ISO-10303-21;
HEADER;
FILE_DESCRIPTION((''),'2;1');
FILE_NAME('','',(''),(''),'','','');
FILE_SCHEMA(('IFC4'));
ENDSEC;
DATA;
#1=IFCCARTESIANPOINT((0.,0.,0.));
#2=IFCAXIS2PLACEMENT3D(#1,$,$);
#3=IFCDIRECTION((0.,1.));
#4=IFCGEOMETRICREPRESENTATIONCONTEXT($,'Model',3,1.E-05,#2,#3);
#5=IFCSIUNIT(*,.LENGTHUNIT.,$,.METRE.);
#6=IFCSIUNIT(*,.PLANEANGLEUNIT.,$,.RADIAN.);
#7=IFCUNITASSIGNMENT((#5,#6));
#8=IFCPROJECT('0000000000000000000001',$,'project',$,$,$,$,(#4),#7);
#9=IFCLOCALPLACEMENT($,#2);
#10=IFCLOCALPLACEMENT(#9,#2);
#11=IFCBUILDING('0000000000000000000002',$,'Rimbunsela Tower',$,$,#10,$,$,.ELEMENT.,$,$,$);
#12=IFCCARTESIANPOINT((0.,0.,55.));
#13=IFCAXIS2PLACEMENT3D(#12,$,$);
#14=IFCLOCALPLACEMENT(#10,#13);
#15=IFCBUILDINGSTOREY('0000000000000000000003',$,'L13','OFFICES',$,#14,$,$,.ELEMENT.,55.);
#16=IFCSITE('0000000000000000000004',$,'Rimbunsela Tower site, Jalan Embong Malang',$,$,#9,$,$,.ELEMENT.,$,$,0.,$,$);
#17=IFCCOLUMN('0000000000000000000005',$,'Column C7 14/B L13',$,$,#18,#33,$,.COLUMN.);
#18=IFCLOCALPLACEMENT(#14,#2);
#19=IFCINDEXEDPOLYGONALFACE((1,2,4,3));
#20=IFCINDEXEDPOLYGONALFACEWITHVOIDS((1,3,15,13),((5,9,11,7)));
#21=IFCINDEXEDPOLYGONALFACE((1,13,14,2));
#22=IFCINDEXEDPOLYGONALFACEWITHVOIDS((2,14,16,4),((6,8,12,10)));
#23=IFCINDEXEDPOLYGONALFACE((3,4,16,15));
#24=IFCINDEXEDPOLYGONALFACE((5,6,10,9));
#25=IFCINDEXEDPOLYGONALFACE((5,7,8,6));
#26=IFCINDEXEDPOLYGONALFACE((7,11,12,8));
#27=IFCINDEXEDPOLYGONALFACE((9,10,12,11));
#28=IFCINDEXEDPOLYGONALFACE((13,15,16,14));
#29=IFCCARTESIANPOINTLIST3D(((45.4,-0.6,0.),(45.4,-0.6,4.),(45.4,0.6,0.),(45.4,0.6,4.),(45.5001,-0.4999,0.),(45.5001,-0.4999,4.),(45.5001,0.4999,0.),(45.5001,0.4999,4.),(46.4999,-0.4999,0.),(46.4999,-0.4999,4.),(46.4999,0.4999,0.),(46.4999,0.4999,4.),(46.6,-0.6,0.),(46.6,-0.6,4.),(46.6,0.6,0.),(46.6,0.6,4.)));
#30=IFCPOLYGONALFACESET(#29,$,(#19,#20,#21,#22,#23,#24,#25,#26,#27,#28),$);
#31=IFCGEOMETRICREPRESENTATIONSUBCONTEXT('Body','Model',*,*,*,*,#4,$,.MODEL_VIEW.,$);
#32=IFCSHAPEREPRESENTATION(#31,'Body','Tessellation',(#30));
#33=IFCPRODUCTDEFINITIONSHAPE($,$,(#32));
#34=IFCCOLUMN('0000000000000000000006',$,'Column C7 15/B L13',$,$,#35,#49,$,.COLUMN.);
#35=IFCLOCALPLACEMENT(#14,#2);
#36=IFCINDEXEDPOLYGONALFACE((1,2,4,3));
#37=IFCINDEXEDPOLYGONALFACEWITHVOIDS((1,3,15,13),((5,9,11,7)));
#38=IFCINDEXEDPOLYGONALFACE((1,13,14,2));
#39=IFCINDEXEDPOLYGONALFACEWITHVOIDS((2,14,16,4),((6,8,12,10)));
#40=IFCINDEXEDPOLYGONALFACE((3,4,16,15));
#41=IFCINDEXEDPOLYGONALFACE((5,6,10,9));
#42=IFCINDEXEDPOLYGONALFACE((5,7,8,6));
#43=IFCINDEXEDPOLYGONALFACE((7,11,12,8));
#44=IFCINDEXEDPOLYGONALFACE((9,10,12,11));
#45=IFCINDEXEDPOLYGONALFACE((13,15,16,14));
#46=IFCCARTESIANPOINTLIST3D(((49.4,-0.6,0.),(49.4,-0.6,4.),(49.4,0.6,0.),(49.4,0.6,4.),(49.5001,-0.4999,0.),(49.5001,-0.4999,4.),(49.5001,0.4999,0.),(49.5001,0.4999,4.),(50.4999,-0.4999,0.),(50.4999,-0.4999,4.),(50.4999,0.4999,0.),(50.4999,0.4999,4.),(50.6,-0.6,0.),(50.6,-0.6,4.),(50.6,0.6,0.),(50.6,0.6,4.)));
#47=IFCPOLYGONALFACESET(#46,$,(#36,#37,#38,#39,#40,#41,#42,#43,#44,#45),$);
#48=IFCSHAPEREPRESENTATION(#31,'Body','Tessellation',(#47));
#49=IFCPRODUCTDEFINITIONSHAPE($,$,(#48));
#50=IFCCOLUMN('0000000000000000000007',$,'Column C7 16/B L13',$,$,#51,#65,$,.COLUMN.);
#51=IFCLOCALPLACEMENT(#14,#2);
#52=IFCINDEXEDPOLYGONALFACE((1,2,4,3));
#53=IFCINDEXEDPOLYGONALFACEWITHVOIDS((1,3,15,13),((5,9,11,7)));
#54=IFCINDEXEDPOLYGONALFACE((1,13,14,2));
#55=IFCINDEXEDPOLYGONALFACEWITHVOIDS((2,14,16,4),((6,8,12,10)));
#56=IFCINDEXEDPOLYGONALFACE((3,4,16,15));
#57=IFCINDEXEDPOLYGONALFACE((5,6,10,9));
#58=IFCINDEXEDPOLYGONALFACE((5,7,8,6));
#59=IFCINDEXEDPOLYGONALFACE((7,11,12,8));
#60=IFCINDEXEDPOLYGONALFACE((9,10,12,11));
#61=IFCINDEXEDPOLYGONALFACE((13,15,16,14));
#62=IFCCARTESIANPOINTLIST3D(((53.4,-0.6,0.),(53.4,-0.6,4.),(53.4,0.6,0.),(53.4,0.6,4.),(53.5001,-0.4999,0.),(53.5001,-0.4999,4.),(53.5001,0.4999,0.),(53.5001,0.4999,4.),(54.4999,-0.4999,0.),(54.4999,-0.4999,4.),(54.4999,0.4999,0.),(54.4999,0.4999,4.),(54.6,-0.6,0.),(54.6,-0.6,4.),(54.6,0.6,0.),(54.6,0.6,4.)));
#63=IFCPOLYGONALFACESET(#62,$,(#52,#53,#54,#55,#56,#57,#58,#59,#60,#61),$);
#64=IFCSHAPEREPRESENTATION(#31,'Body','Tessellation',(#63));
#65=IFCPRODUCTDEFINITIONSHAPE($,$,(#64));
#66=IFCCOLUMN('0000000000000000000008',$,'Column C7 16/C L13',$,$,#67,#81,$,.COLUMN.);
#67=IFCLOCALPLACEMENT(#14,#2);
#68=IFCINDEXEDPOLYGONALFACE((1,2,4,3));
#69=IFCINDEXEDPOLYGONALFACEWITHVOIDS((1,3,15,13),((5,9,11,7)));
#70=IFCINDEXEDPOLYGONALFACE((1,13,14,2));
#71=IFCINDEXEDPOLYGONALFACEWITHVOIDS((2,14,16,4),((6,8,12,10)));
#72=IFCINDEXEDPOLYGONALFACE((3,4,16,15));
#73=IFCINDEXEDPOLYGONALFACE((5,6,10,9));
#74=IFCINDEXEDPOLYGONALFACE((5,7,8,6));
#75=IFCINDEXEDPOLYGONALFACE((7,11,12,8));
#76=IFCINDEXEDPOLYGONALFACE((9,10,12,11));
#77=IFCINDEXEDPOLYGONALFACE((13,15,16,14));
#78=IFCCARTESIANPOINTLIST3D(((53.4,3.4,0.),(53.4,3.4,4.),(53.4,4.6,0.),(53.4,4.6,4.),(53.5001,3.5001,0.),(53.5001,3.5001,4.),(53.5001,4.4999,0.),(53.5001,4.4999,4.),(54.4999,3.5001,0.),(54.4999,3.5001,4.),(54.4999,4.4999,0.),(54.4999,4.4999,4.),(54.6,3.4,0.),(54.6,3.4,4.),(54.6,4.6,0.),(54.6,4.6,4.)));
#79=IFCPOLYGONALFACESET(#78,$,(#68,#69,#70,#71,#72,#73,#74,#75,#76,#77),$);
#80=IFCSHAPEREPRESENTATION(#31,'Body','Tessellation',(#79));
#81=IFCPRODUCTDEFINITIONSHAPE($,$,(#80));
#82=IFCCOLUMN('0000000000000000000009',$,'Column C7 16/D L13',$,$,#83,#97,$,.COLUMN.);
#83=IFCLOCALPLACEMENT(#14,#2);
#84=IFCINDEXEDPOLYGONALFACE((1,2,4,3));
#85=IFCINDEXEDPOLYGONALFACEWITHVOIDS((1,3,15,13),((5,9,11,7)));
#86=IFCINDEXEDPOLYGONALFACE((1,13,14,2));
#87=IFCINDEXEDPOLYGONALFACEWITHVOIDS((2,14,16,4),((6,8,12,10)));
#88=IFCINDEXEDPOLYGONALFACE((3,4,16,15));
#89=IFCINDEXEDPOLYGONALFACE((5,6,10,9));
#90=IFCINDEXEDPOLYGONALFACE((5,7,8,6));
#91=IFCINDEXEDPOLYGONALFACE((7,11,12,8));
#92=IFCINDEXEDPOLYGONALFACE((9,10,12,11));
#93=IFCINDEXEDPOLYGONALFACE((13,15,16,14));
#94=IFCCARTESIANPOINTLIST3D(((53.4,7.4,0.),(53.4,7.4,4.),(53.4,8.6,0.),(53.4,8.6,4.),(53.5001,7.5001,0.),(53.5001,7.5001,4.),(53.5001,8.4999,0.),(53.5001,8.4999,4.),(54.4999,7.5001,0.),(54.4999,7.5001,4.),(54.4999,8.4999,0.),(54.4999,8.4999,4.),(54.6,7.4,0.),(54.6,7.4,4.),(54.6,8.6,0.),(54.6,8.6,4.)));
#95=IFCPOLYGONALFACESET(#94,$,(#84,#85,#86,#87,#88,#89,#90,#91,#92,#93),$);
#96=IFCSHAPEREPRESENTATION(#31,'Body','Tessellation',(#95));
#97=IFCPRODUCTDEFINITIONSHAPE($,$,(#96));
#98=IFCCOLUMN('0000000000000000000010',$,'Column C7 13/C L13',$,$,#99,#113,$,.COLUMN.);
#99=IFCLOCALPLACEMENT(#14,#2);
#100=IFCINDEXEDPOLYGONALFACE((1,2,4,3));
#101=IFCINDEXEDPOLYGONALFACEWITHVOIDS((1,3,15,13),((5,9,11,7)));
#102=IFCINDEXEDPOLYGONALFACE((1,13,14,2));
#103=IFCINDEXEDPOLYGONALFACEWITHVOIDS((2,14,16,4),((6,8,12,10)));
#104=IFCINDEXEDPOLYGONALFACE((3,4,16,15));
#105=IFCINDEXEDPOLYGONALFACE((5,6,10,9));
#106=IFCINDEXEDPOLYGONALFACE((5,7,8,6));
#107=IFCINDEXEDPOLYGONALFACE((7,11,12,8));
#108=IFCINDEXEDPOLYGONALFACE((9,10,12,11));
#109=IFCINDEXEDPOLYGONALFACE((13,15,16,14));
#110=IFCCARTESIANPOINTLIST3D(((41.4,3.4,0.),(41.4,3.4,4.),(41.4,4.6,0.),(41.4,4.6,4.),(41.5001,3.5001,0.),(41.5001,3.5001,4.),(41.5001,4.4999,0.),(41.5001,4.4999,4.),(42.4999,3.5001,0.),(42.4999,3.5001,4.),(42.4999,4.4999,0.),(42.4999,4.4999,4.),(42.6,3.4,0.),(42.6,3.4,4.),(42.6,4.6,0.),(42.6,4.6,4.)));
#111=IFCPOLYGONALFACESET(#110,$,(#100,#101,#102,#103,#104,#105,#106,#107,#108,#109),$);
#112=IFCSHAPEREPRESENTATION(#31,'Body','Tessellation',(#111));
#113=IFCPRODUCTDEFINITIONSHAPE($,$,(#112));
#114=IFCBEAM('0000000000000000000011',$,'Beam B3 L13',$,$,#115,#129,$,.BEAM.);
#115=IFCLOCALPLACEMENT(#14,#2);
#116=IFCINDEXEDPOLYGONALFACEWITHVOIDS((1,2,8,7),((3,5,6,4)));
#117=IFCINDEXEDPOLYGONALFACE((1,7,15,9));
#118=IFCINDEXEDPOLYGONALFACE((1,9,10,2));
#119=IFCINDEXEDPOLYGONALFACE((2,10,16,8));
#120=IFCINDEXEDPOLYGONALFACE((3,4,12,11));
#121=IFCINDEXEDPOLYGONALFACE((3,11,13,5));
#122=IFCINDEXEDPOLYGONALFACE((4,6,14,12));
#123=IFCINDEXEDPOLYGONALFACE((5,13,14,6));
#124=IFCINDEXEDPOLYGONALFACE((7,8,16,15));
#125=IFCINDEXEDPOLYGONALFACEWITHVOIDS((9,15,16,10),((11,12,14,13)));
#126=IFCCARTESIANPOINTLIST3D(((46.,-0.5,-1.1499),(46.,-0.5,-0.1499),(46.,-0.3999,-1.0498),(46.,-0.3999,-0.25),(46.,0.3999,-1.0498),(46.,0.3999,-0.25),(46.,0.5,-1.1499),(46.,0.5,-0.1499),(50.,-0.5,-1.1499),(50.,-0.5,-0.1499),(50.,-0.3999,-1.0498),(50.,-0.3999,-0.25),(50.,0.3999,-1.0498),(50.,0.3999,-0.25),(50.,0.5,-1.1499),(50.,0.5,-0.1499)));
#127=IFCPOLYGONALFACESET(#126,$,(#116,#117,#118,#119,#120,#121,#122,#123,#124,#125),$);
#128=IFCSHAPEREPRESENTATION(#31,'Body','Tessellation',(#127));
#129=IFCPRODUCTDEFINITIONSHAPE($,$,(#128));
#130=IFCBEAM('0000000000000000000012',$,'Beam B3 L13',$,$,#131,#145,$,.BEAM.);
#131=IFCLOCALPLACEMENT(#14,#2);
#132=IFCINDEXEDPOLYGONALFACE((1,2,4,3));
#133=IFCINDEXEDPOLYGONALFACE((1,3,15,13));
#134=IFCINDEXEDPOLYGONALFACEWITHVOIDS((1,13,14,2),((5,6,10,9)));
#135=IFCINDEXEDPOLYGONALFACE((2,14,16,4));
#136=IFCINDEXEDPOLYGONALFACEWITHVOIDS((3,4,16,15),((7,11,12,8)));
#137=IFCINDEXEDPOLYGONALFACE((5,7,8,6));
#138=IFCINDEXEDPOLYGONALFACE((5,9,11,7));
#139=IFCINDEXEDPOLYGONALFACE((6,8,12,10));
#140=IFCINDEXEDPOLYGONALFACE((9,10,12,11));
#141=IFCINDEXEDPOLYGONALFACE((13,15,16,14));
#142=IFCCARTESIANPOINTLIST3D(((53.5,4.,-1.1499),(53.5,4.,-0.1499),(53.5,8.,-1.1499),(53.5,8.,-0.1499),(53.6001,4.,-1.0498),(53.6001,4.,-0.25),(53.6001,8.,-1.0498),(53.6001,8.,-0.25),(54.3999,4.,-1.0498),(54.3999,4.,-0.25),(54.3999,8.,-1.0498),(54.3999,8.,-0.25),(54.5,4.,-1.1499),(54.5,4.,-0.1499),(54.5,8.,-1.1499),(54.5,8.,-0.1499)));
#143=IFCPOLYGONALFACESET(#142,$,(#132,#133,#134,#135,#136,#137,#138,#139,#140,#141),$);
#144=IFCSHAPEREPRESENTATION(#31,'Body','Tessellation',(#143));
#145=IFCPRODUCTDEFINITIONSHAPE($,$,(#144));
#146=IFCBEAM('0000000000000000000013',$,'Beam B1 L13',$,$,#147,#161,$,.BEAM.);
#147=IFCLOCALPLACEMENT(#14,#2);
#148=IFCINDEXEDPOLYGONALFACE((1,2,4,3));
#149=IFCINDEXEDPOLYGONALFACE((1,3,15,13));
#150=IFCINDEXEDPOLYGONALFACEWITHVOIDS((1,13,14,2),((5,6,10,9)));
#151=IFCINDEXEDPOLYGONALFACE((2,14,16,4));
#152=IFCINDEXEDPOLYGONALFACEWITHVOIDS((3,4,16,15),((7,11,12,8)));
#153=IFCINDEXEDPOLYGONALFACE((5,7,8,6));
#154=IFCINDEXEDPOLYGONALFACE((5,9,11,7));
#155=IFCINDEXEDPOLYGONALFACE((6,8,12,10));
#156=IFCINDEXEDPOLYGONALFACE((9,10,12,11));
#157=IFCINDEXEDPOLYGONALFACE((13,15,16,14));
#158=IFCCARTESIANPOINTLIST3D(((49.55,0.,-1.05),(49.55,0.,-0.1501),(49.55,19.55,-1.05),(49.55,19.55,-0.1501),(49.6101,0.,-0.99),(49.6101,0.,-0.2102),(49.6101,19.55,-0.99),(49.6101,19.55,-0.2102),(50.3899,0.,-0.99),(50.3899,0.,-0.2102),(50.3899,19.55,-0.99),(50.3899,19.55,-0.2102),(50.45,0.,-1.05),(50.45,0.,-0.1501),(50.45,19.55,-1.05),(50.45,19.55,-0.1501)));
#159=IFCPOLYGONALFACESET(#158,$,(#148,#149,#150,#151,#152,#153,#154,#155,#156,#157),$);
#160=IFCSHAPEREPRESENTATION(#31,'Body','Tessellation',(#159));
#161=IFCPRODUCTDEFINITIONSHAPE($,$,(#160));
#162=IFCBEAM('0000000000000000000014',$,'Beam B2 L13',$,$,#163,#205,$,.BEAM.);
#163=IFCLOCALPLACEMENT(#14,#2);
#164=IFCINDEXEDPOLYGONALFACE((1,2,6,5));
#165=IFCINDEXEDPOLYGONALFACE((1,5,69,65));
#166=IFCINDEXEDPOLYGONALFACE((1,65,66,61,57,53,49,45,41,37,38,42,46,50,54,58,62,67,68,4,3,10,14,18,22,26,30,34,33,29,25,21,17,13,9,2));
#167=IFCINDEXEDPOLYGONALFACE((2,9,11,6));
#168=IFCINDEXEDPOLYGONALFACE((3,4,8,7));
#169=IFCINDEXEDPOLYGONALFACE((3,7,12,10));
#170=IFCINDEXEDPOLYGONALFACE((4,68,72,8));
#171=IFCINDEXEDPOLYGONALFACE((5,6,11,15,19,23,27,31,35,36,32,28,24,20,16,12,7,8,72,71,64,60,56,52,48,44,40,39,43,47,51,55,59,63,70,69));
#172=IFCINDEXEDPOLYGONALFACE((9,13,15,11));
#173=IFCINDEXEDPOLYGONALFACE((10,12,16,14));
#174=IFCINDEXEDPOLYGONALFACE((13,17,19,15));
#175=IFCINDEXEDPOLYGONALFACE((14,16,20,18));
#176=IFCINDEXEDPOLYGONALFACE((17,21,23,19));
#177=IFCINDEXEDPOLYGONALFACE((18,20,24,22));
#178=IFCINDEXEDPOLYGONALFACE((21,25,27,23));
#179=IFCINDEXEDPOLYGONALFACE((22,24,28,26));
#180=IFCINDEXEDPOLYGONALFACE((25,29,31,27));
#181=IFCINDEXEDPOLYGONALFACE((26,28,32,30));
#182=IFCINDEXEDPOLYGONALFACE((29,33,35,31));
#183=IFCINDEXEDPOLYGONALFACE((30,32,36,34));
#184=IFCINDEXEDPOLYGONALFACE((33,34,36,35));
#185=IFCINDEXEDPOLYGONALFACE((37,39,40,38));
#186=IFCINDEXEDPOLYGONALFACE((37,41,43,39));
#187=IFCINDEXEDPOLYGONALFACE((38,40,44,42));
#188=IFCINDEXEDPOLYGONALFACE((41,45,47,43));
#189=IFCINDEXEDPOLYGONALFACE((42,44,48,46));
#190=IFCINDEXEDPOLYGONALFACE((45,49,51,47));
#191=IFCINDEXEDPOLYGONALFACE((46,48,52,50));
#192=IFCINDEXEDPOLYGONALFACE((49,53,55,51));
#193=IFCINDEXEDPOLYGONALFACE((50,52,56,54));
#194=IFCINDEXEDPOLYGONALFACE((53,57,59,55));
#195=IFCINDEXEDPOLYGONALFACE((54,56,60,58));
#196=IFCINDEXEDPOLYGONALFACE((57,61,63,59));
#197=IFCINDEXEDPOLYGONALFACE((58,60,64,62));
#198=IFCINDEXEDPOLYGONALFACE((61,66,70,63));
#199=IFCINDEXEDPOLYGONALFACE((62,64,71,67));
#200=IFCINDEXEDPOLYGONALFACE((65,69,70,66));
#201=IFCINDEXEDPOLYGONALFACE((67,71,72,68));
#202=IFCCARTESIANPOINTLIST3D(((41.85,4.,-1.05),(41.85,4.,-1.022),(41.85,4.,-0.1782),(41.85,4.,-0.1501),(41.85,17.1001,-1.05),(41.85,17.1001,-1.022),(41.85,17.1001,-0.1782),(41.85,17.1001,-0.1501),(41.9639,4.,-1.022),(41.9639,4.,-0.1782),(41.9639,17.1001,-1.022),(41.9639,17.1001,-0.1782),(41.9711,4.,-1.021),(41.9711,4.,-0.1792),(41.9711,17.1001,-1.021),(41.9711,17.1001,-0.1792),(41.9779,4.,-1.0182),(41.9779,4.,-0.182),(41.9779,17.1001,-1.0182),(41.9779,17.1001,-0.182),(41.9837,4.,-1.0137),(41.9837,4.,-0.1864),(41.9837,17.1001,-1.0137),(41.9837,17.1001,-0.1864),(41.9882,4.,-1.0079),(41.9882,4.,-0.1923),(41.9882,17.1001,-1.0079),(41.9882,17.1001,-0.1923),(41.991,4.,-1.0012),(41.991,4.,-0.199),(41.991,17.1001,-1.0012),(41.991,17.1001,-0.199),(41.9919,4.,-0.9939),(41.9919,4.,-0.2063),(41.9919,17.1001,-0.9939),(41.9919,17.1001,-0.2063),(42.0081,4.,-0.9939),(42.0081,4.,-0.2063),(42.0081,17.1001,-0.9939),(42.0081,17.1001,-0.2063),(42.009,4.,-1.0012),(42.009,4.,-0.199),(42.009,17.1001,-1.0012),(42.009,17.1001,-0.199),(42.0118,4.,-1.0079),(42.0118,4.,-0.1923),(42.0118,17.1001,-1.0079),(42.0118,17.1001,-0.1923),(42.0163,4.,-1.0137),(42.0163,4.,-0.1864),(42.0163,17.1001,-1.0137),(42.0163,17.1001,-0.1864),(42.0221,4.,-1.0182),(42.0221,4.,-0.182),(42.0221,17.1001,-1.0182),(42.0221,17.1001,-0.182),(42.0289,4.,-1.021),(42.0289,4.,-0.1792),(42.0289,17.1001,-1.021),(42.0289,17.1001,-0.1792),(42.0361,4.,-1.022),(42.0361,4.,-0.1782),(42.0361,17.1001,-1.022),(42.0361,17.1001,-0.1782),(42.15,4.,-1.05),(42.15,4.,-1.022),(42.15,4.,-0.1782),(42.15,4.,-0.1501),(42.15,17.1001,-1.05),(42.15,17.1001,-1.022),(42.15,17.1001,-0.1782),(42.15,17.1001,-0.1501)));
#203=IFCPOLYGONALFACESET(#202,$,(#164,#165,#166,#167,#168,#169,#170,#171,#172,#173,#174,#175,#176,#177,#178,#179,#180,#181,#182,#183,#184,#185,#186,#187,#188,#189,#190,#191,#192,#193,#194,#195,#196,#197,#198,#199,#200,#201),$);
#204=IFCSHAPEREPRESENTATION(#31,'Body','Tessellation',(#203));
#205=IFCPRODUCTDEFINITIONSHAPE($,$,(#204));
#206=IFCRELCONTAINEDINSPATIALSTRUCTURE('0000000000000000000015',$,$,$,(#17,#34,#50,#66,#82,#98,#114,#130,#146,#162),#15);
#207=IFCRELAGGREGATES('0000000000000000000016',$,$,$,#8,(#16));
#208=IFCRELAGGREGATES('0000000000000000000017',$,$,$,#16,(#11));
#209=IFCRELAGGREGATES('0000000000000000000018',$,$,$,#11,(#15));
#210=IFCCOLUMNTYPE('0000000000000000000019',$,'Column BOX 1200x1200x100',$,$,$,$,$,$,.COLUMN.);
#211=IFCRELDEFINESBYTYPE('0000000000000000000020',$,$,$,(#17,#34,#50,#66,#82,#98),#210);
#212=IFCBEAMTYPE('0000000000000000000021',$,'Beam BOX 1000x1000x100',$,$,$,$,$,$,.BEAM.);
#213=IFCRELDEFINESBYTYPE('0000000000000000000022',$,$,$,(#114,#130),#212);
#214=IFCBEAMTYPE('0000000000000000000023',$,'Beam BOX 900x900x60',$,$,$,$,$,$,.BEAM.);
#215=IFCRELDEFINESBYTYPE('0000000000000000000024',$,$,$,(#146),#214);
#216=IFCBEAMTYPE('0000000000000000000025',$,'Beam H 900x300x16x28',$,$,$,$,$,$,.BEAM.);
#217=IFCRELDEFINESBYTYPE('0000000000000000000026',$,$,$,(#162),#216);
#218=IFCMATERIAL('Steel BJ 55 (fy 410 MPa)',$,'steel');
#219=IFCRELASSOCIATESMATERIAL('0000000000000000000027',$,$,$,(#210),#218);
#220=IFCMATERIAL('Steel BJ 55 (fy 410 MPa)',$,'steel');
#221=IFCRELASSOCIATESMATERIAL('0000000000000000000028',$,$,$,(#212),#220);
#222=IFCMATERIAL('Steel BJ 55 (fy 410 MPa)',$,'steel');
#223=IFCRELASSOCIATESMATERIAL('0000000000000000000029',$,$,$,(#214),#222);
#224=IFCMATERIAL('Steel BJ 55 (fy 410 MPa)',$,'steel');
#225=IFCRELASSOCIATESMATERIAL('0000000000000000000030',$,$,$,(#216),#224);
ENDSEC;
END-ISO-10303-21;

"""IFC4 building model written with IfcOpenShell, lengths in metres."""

from ifc_helpers import new_model, si_unit, direction, frame, origin, origin_2d, place, context, subcontext, project, spatial, hollow_rectangle, i_section, extrude, material, material_profile, profile_set, type_object, element, save


model = new_model("IFC4")

# Units and contexts
model_context = context("Model", 3, precision=1e-05, world=origin(), true_north=direction((0.0, 1.0)))
body_context = subcontext(model_context, "Body", "Model", "MODEL_VIEW")
ifc_project = project(units=[si_unit("LENGTHUNIT", "METRE"), si_unit("PLANEANGLEUNIT", "RADIAN")], contexts=[model_context])

# Site, building, storey
site_placement = place(None, origin())
site = spatial("IfcSite", under=ifc_project, at=site_placement, Name="Rimbunsela Tower site, Jalan Embong Malang", CompositionType="ELEMENT", RefElevation=0.0)
building_placement = place(site_placement, origin())
building = spatial("IfcBuilding", under=site, at=building_placement, Name="Rimbunsela Tower", CompositionType="ELEMENT")
storey_placement = place(building_placement, frame((0.0, 0.0, 55.0)))
storey = spatial("IfcBuildingStorey", under=building, at=storey_placement, Name="L13", Description="OFFICES", CompositionType="ELEMENT", Elevation=55.0)

# Columns
ifc_material_1 = material(Name="Steel BJ 55 (fy 410 MPa)", Category="steel")
ifc_material_profile_1 = material_profile(ifc_material_1, hollow_rectangle(XDim=1.2, YDim=1.2, WallThickness=0.1001, at=origin_2d()), Name="BOX 1200x1200x100")
ifc_profile_set_1 = profile_set([ifc_material_profile_1], Name="Steel BJ 55 (fy 410 MPa)")
column_type = type_object("IfcColumnType", Name="Column BOX 1200x1200x100", PredefinedType="COLUMN", material=ifc_profile_set_1)
for number, where, z_axis, x_axis, name in (
    (1, (46.0, 0.0, 0.0), (0.0, 0.0, 1.0), (1.0, 0.0, 0.0), "Column C7 14/B L13"),
    (2, (50.0, 0.0, 0.0), (0.0, 0.0, 1.0), (1.0, 0.0, 0.0), "Column C7 15/B L13"),
    (3, (54.0, 0.0, 0.0), (0.0, 0.0, 1.0), (1.0, 0.0, 0.0), "Column C7 16/B L13"),
    (4, (54.0, 4.0, 0.0), (0.0, 0.0, 1.0), (1.0, 0.0, 0.0), "Column C7 16/C L13"),
    (5, (54.0, 8.0, 0.0), (0.0, 0.0, 1.0), (1.0, 0.0, 0.0), "Column C7 16/D L13"),
    (6, (42.0, 4.0, 0.0), (0.0, 0.0, 1.0), (1.0, 0.0, 0.0), "Column C7 13/C L13"),
):
    element("IfcColumn", number, at=place(storey_placement, frame(where, z_axis=z_axis, x_axis=x_axis)), inside=storey, type_object=column_type, Name=name, PredefinedType="COLUMN", context=body_context, shape_type="SweptSolid", body=[
        extrude(hollow_rectangle(XDim=1.2, YDim=1.2, WallThickness=0.1001, at=origin_2d()), origin(), (0.0, 0.0, 1.0), 4.0),
    ])

# Beams
ifc_material_2 = material(Name="Steel BJ 55 (fy 410 MPa)", Category="steel")
ifc_material_profile_2 = material_profile(ifc_material_2, hollow_rectangle(XDim=1.0, YDim=1.0, WallThickness=0.1001, at=origin_2d()), Name="BOX 1000x1000x100")
ifc_profile_set_2 = profile_set([ifc_material_profile_2], Name="Steel BJ 55 (fy 410 MPa)")
beam_type_1 = type_object("IfcBeamType", Name="Beam BOX 1000x1000x100", PredefinedType="BEAM", material=ifc_profile_set_2)
for number, where, z_axis, x_axis, name in (
    (7, (46.0, 0.0, -0.6499), (1.0, 0.0, 0.0), (0.0, 1.0, 0.0), "Beam B3 L13"),
    (8, (54.0, 4.0, -0.6499), (0.0, 1.0, 0.0), (-1.0, 0.0, 0.0), "Beam B3 L13"),
):
    element("IfcBeam", number, at=place(storey_placement, frame(where, z_axis=z_axis, x_axis=x_axis)), inside=storey, type_object=beam_type_1, Name=name, PredefinedType="BEAM", context=body_context, shape_type="SweptSolid", body=[
        extrude(hollow_rectangle(XDim=1.0, YDim=1.0, WallThickness=0.1001, at=origin_2d()), origin(), (0.0, 0.0, 1.0), 4.0),
    ])
ifc_material_3 = material(Name="Steel BJ 55 (fy 410 MPa)", Category="steel")
ifc_material_profile_3 = material_profile(ifc_material_3, hollow_rectangle(XDim=0.8999, YDim=0.8999, WallThickness=0.0601, at=origin_2d()), Name="BOX 900x900x60")
ifc_profile_set_3 = profile_set([ifc_material_profile_3], Name="Steel BJ 55 (fy 410 MPa)")
beam_type_2 = type_object("IfcBeamType", Name="Beam BOX 900x900x60", PredefinedType="BEAM", material=ifc_profile_set_3)
beam_1_placement = place(storey_placement, frame((50.0, 0.0, -0.6001), z_axis=(0.0, 1.0, 0.0), x_axis=(-1.0, 0.0, 0.0)))
element("IfcBeam", 9, at=beam_1_placement, inside=storey, type_object=beam_type_2, Name="Beam B1 L13", PredefinedType="BEAM", context=body_context, shape_type="SweptSolid", body=[
    extrude(hollow_rectangle(XDim=0.8999, YDim=0.8999, WallThickness=0.0601, at=origin_2d()), origin(), (0.0, 0.0, 1.0), 19.55),
])
ifc_material_4 = material(Name="Steel BJ 55 (fy 410 MPa)", Category="steel")
ifc_material_profile_4 = material_profile(ifc_material_4, i_section(OverallWidth=0.3, OverallDepth=0.8999, WebThickness=0.0161, FlangeThickness=0.0281, FilletRadius=0.0281, at=origin_2d()), Name="H 900x300x16x28")
ifc_profile_set_4 = profile_set([ifc_material_profile_4], Name="Steel BJ 55 (fy 410 MPa)")
beam_type_3 = type_object("IfcBeamType", Name="Beam H 900x300x16x28", PredefinedType="BEAM", material=ifc_profile_set_4)
beam_2_placement = place(storey_placement, frame((42.0, 4.0, -0.6001), z_axis=(0.0, 1.0, 0.0), x_axis=(-1.0, 0.0, 0.0)))
element("IfcBeam", 10, at=beam_2_placement, inside=storey, type_object=beam_type_3, Name="Beam B2 L13", PredefinedType="BEAM", context=body_context, shape_type="SweptSolid", body=[
    extrude(i_section(OverallWidth=0.3, OverallDepth=0.8999, WebThickness=0.0161, FlangeThickness=0.0281, FilletRadius=0.0281, at=origin_2d()), origin(), (0.0, 0.0, 1.0), 13.1001),
])

save(model, "model.ifc")
